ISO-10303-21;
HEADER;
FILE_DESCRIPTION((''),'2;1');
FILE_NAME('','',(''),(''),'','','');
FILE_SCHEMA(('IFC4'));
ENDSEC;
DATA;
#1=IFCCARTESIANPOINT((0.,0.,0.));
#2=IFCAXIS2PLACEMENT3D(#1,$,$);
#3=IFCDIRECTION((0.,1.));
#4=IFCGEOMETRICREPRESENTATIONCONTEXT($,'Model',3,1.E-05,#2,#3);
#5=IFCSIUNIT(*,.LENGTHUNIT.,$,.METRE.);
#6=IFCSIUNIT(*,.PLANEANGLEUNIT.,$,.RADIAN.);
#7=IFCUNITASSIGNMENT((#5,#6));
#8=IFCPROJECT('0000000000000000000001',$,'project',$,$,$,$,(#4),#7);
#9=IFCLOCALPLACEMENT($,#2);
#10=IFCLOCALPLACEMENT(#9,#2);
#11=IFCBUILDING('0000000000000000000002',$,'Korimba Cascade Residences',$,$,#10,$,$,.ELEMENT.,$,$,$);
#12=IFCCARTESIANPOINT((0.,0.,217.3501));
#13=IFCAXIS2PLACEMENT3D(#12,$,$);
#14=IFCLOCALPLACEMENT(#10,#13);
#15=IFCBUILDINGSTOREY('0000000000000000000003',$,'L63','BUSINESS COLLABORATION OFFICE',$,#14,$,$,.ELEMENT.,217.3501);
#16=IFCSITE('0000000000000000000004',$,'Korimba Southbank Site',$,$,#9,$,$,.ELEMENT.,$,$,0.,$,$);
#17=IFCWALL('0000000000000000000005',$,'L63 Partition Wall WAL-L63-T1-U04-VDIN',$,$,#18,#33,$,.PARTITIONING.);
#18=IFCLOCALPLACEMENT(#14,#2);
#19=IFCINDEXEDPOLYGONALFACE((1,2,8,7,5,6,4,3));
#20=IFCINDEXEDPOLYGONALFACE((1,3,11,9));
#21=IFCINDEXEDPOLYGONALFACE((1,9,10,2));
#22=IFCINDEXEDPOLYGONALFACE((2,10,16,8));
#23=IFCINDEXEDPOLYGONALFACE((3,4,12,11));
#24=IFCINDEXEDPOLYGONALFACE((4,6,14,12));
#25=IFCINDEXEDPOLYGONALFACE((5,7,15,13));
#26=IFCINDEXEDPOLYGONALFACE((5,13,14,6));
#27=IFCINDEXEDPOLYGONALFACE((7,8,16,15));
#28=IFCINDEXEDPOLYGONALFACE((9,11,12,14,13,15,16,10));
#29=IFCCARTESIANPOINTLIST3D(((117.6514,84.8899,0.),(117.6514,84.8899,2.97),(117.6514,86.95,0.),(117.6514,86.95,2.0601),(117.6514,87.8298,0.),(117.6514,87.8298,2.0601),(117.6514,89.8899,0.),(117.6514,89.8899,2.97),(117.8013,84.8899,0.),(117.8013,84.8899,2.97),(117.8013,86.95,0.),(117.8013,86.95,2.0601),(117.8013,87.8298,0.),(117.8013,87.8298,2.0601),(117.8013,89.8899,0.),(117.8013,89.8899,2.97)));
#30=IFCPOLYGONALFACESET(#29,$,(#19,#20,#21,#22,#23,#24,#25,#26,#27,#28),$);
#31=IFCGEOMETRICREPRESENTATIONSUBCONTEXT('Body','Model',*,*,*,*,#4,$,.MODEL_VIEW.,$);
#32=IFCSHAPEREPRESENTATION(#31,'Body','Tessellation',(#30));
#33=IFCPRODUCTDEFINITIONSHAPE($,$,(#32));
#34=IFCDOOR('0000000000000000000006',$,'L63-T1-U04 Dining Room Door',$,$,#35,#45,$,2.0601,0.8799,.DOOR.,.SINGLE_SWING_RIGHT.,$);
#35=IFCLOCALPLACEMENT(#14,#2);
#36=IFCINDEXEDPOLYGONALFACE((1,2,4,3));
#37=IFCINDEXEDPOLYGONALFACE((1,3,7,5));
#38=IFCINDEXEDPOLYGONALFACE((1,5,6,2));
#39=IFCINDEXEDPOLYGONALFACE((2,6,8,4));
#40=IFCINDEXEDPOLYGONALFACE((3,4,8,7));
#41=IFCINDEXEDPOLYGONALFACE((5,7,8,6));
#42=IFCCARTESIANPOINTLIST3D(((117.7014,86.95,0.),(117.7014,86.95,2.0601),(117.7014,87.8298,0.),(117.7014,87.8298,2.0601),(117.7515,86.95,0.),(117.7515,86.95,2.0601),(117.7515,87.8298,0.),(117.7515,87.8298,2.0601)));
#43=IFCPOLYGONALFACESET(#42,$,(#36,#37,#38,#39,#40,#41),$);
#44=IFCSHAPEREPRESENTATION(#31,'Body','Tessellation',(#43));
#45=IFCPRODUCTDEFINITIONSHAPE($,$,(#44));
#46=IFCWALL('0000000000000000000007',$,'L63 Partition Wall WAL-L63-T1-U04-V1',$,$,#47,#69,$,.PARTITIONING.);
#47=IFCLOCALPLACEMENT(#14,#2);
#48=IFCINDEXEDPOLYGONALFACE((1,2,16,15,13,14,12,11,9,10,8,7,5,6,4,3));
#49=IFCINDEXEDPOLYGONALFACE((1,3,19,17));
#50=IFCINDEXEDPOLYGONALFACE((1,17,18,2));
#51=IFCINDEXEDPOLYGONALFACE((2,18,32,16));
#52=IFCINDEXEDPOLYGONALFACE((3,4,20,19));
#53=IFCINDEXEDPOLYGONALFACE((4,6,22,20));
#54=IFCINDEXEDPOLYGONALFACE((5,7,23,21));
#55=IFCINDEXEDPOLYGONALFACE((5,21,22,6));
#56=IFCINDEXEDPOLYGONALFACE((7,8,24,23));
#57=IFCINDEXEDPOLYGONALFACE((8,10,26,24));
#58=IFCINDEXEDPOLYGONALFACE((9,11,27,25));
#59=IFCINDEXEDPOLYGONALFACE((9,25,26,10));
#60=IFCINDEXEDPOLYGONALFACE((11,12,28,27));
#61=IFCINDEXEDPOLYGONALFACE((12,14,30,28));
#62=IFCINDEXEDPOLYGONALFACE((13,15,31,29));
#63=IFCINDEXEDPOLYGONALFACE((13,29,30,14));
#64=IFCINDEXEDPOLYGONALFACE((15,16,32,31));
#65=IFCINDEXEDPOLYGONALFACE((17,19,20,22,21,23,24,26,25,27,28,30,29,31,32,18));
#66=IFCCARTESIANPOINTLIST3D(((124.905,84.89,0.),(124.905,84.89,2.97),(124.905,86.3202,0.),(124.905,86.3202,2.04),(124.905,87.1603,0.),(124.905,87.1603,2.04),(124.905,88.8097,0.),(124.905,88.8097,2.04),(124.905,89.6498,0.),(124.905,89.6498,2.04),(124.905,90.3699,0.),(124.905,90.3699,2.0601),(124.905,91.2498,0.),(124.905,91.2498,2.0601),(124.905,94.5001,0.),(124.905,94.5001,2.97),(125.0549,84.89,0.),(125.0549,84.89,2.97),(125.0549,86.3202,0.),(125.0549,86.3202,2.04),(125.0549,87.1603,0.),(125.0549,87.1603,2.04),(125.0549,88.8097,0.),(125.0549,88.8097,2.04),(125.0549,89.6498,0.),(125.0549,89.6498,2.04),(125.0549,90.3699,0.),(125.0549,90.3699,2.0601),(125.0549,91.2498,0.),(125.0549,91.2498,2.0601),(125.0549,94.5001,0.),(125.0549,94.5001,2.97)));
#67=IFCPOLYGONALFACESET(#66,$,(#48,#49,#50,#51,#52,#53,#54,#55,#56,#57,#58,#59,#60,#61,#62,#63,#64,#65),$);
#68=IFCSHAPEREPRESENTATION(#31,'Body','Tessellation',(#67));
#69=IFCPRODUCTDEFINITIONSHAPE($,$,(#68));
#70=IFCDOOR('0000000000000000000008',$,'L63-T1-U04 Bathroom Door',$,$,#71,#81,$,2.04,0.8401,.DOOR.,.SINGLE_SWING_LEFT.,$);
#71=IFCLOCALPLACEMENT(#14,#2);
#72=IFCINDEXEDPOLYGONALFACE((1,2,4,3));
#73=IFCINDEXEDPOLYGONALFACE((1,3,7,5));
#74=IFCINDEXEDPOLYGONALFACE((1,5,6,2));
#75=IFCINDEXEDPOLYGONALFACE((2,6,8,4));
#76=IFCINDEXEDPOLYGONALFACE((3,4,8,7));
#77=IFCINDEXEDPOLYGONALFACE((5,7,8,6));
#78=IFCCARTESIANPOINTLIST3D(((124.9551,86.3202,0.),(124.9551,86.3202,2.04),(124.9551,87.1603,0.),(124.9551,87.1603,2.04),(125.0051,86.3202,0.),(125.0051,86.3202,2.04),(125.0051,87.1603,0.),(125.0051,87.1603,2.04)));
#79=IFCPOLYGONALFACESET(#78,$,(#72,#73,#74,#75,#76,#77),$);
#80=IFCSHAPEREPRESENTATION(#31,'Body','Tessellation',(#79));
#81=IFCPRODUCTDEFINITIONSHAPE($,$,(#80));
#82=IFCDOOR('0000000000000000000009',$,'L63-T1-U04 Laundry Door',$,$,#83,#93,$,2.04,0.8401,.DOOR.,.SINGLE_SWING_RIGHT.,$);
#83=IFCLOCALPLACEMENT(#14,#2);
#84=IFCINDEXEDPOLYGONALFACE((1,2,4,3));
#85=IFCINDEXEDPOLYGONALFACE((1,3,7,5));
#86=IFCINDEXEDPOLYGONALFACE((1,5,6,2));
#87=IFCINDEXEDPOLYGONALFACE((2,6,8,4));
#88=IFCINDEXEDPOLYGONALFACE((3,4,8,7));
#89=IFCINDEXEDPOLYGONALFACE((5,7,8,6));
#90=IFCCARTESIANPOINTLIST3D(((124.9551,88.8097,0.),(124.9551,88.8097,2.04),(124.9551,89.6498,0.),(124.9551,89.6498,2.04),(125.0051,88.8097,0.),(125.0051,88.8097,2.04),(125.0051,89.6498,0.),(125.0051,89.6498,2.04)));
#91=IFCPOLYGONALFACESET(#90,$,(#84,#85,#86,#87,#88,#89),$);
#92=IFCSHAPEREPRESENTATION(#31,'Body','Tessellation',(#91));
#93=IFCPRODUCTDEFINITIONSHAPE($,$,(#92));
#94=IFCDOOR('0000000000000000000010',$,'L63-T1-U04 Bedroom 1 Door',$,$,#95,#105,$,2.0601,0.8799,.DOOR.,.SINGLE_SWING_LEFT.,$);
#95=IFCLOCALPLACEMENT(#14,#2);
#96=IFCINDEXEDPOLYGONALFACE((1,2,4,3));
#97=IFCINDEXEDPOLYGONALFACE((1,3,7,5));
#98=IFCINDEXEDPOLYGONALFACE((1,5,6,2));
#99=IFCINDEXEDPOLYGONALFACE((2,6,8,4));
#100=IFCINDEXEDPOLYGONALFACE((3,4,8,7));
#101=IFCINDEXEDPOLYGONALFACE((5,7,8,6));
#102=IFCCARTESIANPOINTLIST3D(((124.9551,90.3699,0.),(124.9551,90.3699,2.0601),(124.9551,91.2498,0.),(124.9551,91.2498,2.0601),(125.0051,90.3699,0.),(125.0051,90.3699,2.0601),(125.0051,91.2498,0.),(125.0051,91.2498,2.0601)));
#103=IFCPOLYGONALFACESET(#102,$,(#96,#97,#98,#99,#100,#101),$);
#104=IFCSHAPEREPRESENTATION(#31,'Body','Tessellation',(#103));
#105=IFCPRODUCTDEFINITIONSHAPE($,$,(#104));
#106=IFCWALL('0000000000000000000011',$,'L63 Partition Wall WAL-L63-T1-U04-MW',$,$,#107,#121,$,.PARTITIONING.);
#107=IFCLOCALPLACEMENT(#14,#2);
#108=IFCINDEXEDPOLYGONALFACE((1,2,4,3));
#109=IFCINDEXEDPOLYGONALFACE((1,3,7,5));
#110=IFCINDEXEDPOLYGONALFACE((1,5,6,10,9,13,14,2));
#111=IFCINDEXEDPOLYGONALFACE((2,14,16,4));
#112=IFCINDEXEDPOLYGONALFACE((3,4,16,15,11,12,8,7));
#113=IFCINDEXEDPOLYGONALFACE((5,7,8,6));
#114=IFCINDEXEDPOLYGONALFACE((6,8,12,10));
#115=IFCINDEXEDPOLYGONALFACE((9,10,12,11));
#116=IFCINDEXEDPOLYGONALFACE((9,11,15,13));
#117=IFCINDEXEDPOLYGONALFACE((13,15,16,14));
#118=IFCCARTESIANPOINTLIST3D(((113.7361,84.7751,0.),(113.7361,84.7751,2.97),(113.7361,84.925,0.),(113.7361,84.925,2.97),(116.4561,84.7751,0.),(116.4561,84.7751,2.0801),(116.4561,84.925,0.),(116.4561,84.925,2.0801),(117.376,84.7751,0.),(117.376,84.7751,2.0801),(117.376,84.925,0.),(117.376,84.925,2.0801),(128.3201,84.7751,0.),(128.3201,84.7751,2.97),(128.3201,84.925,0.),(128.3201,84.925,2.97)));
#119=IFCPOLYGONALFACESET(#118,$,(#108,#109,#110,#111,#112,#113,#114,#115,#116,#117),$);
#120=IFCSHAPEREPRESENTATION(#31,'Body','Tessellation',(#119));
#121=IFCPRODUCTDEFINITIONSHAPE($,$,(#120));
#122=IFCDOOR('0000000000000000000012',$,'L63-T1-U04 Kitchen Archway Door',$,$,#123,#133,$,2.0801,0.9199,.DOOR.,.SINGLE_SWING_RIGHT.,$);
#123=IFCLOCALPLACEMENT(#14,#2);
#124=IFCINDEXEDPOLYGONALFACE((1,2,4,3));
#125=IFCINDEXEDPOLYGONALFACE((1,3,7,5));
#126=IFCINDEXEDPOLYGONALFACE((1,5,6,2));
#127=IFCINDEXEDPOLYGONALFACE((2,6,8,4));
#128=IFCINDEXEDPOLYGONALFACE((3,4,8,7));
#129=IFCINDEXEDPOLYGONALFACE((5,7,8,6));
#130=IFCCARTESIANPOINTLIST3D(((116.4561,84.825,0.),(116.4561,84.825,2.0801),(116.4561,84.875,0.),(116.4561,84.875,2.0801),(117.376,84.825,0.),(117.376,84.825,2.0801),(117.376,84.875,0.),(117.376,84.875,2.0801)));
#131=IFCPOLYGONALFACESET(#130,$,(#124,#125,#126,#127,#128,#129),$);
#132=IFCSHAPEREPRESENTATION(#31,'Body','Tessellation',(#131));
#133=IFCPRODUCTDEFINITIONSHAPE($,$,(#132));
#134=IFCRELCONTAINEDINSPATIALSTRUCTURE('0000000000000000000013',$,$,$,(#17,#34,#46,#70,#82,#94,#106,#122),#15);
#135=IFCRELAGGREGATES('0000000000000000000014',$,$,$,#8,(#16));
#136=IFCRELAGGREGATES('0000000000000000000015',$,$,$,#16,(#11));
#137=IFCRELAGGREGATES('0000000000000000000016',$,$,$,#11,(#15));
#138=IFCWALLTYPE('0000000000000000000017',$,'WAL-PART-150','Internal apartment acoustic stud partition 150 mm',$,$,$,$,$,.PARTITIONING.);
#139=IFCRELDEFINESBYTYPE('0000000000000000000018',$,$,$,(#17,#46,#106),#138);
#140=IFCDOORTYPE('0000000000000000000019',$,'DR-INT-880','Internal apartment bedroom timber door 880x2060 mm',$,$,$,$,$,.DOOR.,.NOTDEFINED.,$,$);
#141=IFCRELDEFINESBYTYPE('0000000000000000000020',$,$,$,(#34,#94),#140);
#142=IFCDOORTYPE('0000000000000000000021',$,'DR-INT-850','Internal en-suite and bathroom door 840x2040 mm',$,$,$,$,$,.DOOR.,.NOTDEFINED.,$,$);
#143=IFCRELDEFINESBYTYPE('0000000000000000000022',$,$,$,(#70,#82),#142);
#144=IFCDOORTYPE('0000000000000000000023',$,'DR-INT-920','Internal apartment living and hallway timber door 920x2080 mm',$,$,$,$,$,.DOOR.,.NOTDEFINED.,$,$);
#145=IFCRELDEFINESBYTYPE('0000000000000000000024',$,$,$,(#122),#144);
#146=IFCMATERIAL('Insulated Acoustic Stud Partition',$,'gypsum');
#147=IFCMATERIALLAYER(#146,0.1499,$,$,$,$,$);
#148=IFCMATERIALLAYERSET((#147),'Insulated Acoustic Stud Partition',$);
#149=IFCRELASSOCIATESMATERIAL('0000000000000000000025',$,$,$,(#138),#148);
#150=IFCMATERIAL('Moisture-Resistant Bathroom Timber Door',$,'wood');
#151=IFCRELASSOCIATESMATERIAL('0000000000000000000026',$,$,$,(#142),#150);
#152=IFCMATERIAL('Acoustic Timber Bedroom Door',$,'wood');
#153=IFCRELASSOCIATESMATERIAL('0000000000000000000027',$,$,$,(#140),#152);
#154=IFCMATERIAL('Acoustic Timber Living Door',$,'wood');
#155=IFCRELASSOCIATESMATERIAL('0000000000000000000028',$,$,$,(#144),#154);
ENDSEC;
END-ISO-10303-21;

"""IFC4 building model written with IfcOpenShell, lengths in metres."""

from ifc_helpers import new_model, si_unit, direction, frame, frame_2d, origin, place, context, subcontext, project, spatial, rectangle, extrude, material, layer, layer_set, type_object, element, fill, save


model = new_model("IFC4")

# Units and contexts
model_context = context("Model", 3, precision=1e-05, world=origin(), true_north=direction((0.0, 1.0)))
body_context = subcontext(model_context, "Body", "Model", "MODEL_VIEW")
ifc_project = project(units=[si_unit("LENGTHUNIT", "METRE"), si_unit("PLANEANGLEUNIT", "RADIAN")], contexts=[model_context])

# Site, building, storey
site_placement = place(None, origin())
site = spatial("IfcSite", under=ifc_project, at=site_placement, Name="Korimba Southbank Site", CompositionType="ELEMENT", RefElevation=0.0)
building_placement = place(site_placement, origin())
building = spatial("IfcBuilding", under=site, at=building_placement, Name="Korimba Cascade Residences", CompositionType="ELEMENT")
storey_placement = place(building_placement, frame((0.0, 0.0, 217.3501)))
storey = spatial("IfcBuildingStorey", under=building, at=storey_placement, Name="L63", Description="BUSINESS COLLABORATION OFFICE", CompositionType="ELEMENT", Elevation=217.3501)

# Wall, opening, door
ifc_material_1 = material(Name="Insulated Acoustic Stud Partition", Category="gypsum")
ifc_layer_1 = layer(ifc_material_1, 0.1499)
ifc_layer_set_1 = layer_set([ifc_layer_1], Name="Insulated Acoustic Stud Partition")
wall_type_1 = type_object("IfcWallType", Name="WAL-PART-150", Description="Internal apartment acoustic stud partition 150 mm", PredefinedType="PARTITIONING", material=ifc_layer_set_1)
ifc_material_2 = material(Name="Moisture-Resistant Bathroom Timber Door", Category="wood")
door_type_1 = type_object("IfcDoorType", Name="DR-INT-850", Description="Internal en-suite and bathroom door 840x2040 mm", OperationType="NOTDEFINED", PredefinedType="DOOR", material=ifc_material_2)
ifc_material_3 = material(Name="Acoustic Timber Bedroom Door", Category="wood")
door_type_2 = type_object("IfcDoorType", Name="DR-INT-880", Description="Internal apartment bedroom timber door 880x2060 mm", OperationType="NOTDEFINED", PredefinedType="DOOR", material=ifc_material_3)
wall_1_placement = place(storey_placement, frame((117.7263, 84.8899, 0.0), z_axis=(0.0, 0.0, 1.0), x_axis=(0.0, 1.0, 0.0)))
wall_1 = element("IfcWall", 1, at=wall_1_placement, inside=storey, type_object=wall_type_1, Name="L63 Partition Wall WAL-L63-T1-U04-VDIN", PredefinedType="PARTITIONING", context=body_context, shape_type="SweptSolid", body=[
    extrude(rectangle(XDim=5.0, YDim=0.1499, at=frame_2d((2.5, 0.0))), origin(), (0.0, 0.0, 1.0), 2.97),
])
opening_1_placement = place(wall_1_placement, frame((2.0601, 0.0, 0.0)))
opening_1 = element("IfcOpeningElement", 2, at=opening_1_placement, cuts=wall_1, PredefinedType="OPENING", context=body_context, shape_type="SweptSolid", body=[
    extrude(rectangle(XDim=0.8799, YDim=2.0601, at=frame_2d((0.4399, 1.03))), frame((0.0, 0.085, 0.0), z_axis=(0.0, -1.0, 0.0), x_axis=(1.0, 0.0, 0.0)), (0.0, 0.0, 1.0), 0.1699),
])
door_1_placement = place(opening_1_placement, origin())
door_1 = element("IfcDoor", 3, at=door_1_placement, inside=storey, type_object=door_type_2, Name="L63-T1-U04 Dining Room Door", OperationType="SINGLE_SWING_RIGHT", OverallHeight=2.0601, OverallWidth=0.8799, PredefinedType="DOOR", context=body_context, shape_type="SweptSolid", body=[
    extrude(rectangle(XDim=0.8799, YDim=2.0601, at=frame_2d((0.4399, 1.03))), frame((0.0, 0.0249, 0.0), z_axis=(0.0, -1.0, 0.0), x_axis=(1.0, 0.0, 0.0)), (0.0, 0.0, 1.0), 0.05),
])
fill(opening_1, door_1)

# Wall, openings, doors
wall_2_placement = place(storey_placement, frame((124.98, 84.8899, 0.0), z_axis=(0.0, 0.0, 1.0), x_axis=(0.0, 1.0, 0.0)))
wall_2 = element("IfcWall", 4, at=wall_2_placement, inside=storey, type_object=wall_type_1, Name="L63 Partition Wall WAL-L63-T1-U04-V1", PredefinedType="PARTITIONING", context=body_context, shape_type="SweptSolid", body=[
    extrude(rectangle(XDim=9.6101, YDim=0.1499, at=frame_2d((4.8052, 0.0))), origin(), (0.0, 0.0, 1.0), 2.97),
])
opening_2_placement = place(wall_2_placement, frame((1.4304, 0.0, 0.0)))
opening_2 = element("IfcOpeningElement", 5, at=opening_2_placement, cuts=wall_2, PredefinedType="OPENING", context=body_context, shape_type="SweptSolid", body=[
    extrude(rectangle(XDim=0.8401, YDim=2.04, at=frame_2d((0.4199, 1.02))), frame((0.0, 0.085, 0.0), z_axis=(0.0, -1.0, 0.0), x_axis=(1.0, 0.0, 0.0)), (0.0, 0.0, 1.0), 0.1699),
])
opening_3_placement = place(wall_2_placement, frame((3.9199, 0.0, 0.0)))
opening_3 = element("IfcOpeningElement", 6, at=opening_3_placement, cuts=wall_2, PredefinedType="OPENING", context=body_context, shape_type="SweptSolid", body=[
    extrude(rectangle(XDim=0.8401, YDim=2.04, at=frame_2d((0.4199, 1.02))), frame((0.0, 0.085, 0.0), z_axis=(0.0, -1.0, 0.0), x_axis=(1.0, 0.0, 0.0)), (0.0, 0.0, 1.0), 0.1699),
])
opening_4_placement = place(wall_2_placement, frame((5.48, 0.0, 0.0)))
opening_4 = element("IfcOpeningElement", 7, at=opening_4_placement, cuts=wall_2, PredefinedType="OPENING", context=body_context, shape_type="SweptSolid", body=[
    extrude(rectangle(XDim=0.8799, YDim=2.0601, at=frame_2d((0.4399, 1.03))), frame((0.0, 0.085, 0.0), z_axis=(0.0, -1.0, 0.0), x_axis=(1.0, 0.0, 0.0)), (0.0, 0.0, 1.0), 0.1699),
])
door_2_placement = place(opening_2_placement, origin())
door_2 = element("IfcDoor", 8, at=door_2_placement, inside=storey, type_object=door_type_1, Name="L63-T1-U04 Bathroom Door", OperationType="SINGLE_SWING_LEFT", OverallHeight=2.04, OverallWidth=0.8401, PredefinedType="DOOR", context=body_context, shape_type="SweptSolid", body=[
    extrude(rectangle(XDim=0.8401, YDim=2.04, at=frame_2d((0.4199, 1.02))), frame((0.0, 0.0249, 0.0), z_axis=(0.0, -1.0, 0.0), x_axis=(1.0, 0.0, 0.0)), (0.0, 0.0, 1.0), 0.05),
])
fill(opening_2, door_2)
door_3_placement = place(opening_3_placement, origin())
door_3 = element("IfcDoor", 9, at=door_3_placement, inside=storey, type_object=door_type_1, Name="L63-T1-U04 Laundry Door", OperationType="SINGLE_SWING_RIGHT", OverallHeight=2.04, OverallWidth=0.8401, PredefinedType="DOOR", context=body_context, shape_type="SweptSolid", body=[
    extrude(rectangle(XDim=0.8401, YDim=2.04, at=frame_2d((0.4199, 1.02))), frame((0.0, 0.0249, 0.0), z_axis=(0.0, -1.0, 0.0), x_axis=(1.0, 0.0, 0.0)), (0.0, 0.0, 1.0), 0.05),
])
fill(opening_3, door_3)
door_4_placement = place(opening_4_placement, origin())
door_4 = element("IfcDoor", 10, at=door_4_placement, inside=storey, type_object=door_type_2, Name="L63-T1-U04 Bedroom 1 Door", OperationType="SINGLE_SWING_LEFT", OverallHeight=2.0601, OverallWidth=0.8799, PredefinedType="DOOR", context=body_context, shape_type="SweptSolid", body=[
    extrude(rectangle(XDim=0.8799, YDim=2.0601, at=frame_2d((0.4399, 1.03))), frame((0.0, 0.0249, 0.0), z_axis=(0.0, -1.0, 0.0), x_axis=(1.0, 0.0, 0.0)), (0.0, 0.0, 1.0), 0.05),
])
fill(opening_4, door_4)

# Wall, opening, door
wall_3_placement = place(storey_placement, frame((113.7361, 84.8501, 0.0), z_axis=(0.0, 0.0, 1.0), x_axis=(1.0, 0.0, 0.0)))
wall_3 = element("IfcWall", 11, at=wall_3_placement, inside=storey, type_object=wall_type_1, Name="L63 Partition Wall WAL-L63-T1-U04-MW", PredefinedType="PARTITIONING", context=body_context, shape_type="SweptSolid", body=[
    extrude(rectangle(XDim=14.584, YDim=0.1499, at=frame_2d((7.292, 0.0))), origin(), (0.0, 0.0, 1.0), 2.97),
])
opening_5_placement = place(wall_3_placement, frame((2.72, 0.0, 0.0)))
opening_5 = element("IfcOpeningElement", 12, at=opening_5_placement, cuts=wall_3, PredefinedType="OPENING", context=body_context, shape_type="SweptSolid", body=[
    extrude(rectangle(XDim=0.9199, YDim=2.0801, at=frame_2d((0.46, 1.04))), frame((0.0, 0.085, 0.0), z_axis=(0.0, -1.0, 0.0), x_axis=(1.0, 0.0, 0.0)), (0.0, 0.0, 1.0), 0.1699),
])
ifc_material_4 = material(Name="Acoustic Timber Living Door", Category="wood")
door_type_3 = type_object("IfcDoorType", Name="DR-INT-920", Description="Internal apartment living and hallway timber door 920x2080 mm", OperationType="NOTDEFINED", PredefinedType="DOOR", material=ifc_material_4)
door_5_placement = place(opening_5_placement, origin())
door_5 = element("IfcDoor", 13, at=door_5_placement, inside=storey, type_object=door_type_3, Name="L63-T1-U04 Kitchen Archway Door", OperationType="SINGLE_SWING_RIGHT", OverallHeight=2.0801, OverallWidth=0.9199, PredefinedType="DOOR", context=body_context, shape_type="SweptSolid", body=[
    extrude(rectangle(XDim=0.9199, YDim=2.0801, at=frame_2d((0.46, 1.04))), frame((0.0, 0.0249, 0.0), z_axis=(0.0, -1.0, 0.0), x_axis=(1.0, 0.0, 0.0)), (0.0, 0.0, 1.0), 0.05),
])
fill(opening_5, door_5)

save(model, "model.ifc")
